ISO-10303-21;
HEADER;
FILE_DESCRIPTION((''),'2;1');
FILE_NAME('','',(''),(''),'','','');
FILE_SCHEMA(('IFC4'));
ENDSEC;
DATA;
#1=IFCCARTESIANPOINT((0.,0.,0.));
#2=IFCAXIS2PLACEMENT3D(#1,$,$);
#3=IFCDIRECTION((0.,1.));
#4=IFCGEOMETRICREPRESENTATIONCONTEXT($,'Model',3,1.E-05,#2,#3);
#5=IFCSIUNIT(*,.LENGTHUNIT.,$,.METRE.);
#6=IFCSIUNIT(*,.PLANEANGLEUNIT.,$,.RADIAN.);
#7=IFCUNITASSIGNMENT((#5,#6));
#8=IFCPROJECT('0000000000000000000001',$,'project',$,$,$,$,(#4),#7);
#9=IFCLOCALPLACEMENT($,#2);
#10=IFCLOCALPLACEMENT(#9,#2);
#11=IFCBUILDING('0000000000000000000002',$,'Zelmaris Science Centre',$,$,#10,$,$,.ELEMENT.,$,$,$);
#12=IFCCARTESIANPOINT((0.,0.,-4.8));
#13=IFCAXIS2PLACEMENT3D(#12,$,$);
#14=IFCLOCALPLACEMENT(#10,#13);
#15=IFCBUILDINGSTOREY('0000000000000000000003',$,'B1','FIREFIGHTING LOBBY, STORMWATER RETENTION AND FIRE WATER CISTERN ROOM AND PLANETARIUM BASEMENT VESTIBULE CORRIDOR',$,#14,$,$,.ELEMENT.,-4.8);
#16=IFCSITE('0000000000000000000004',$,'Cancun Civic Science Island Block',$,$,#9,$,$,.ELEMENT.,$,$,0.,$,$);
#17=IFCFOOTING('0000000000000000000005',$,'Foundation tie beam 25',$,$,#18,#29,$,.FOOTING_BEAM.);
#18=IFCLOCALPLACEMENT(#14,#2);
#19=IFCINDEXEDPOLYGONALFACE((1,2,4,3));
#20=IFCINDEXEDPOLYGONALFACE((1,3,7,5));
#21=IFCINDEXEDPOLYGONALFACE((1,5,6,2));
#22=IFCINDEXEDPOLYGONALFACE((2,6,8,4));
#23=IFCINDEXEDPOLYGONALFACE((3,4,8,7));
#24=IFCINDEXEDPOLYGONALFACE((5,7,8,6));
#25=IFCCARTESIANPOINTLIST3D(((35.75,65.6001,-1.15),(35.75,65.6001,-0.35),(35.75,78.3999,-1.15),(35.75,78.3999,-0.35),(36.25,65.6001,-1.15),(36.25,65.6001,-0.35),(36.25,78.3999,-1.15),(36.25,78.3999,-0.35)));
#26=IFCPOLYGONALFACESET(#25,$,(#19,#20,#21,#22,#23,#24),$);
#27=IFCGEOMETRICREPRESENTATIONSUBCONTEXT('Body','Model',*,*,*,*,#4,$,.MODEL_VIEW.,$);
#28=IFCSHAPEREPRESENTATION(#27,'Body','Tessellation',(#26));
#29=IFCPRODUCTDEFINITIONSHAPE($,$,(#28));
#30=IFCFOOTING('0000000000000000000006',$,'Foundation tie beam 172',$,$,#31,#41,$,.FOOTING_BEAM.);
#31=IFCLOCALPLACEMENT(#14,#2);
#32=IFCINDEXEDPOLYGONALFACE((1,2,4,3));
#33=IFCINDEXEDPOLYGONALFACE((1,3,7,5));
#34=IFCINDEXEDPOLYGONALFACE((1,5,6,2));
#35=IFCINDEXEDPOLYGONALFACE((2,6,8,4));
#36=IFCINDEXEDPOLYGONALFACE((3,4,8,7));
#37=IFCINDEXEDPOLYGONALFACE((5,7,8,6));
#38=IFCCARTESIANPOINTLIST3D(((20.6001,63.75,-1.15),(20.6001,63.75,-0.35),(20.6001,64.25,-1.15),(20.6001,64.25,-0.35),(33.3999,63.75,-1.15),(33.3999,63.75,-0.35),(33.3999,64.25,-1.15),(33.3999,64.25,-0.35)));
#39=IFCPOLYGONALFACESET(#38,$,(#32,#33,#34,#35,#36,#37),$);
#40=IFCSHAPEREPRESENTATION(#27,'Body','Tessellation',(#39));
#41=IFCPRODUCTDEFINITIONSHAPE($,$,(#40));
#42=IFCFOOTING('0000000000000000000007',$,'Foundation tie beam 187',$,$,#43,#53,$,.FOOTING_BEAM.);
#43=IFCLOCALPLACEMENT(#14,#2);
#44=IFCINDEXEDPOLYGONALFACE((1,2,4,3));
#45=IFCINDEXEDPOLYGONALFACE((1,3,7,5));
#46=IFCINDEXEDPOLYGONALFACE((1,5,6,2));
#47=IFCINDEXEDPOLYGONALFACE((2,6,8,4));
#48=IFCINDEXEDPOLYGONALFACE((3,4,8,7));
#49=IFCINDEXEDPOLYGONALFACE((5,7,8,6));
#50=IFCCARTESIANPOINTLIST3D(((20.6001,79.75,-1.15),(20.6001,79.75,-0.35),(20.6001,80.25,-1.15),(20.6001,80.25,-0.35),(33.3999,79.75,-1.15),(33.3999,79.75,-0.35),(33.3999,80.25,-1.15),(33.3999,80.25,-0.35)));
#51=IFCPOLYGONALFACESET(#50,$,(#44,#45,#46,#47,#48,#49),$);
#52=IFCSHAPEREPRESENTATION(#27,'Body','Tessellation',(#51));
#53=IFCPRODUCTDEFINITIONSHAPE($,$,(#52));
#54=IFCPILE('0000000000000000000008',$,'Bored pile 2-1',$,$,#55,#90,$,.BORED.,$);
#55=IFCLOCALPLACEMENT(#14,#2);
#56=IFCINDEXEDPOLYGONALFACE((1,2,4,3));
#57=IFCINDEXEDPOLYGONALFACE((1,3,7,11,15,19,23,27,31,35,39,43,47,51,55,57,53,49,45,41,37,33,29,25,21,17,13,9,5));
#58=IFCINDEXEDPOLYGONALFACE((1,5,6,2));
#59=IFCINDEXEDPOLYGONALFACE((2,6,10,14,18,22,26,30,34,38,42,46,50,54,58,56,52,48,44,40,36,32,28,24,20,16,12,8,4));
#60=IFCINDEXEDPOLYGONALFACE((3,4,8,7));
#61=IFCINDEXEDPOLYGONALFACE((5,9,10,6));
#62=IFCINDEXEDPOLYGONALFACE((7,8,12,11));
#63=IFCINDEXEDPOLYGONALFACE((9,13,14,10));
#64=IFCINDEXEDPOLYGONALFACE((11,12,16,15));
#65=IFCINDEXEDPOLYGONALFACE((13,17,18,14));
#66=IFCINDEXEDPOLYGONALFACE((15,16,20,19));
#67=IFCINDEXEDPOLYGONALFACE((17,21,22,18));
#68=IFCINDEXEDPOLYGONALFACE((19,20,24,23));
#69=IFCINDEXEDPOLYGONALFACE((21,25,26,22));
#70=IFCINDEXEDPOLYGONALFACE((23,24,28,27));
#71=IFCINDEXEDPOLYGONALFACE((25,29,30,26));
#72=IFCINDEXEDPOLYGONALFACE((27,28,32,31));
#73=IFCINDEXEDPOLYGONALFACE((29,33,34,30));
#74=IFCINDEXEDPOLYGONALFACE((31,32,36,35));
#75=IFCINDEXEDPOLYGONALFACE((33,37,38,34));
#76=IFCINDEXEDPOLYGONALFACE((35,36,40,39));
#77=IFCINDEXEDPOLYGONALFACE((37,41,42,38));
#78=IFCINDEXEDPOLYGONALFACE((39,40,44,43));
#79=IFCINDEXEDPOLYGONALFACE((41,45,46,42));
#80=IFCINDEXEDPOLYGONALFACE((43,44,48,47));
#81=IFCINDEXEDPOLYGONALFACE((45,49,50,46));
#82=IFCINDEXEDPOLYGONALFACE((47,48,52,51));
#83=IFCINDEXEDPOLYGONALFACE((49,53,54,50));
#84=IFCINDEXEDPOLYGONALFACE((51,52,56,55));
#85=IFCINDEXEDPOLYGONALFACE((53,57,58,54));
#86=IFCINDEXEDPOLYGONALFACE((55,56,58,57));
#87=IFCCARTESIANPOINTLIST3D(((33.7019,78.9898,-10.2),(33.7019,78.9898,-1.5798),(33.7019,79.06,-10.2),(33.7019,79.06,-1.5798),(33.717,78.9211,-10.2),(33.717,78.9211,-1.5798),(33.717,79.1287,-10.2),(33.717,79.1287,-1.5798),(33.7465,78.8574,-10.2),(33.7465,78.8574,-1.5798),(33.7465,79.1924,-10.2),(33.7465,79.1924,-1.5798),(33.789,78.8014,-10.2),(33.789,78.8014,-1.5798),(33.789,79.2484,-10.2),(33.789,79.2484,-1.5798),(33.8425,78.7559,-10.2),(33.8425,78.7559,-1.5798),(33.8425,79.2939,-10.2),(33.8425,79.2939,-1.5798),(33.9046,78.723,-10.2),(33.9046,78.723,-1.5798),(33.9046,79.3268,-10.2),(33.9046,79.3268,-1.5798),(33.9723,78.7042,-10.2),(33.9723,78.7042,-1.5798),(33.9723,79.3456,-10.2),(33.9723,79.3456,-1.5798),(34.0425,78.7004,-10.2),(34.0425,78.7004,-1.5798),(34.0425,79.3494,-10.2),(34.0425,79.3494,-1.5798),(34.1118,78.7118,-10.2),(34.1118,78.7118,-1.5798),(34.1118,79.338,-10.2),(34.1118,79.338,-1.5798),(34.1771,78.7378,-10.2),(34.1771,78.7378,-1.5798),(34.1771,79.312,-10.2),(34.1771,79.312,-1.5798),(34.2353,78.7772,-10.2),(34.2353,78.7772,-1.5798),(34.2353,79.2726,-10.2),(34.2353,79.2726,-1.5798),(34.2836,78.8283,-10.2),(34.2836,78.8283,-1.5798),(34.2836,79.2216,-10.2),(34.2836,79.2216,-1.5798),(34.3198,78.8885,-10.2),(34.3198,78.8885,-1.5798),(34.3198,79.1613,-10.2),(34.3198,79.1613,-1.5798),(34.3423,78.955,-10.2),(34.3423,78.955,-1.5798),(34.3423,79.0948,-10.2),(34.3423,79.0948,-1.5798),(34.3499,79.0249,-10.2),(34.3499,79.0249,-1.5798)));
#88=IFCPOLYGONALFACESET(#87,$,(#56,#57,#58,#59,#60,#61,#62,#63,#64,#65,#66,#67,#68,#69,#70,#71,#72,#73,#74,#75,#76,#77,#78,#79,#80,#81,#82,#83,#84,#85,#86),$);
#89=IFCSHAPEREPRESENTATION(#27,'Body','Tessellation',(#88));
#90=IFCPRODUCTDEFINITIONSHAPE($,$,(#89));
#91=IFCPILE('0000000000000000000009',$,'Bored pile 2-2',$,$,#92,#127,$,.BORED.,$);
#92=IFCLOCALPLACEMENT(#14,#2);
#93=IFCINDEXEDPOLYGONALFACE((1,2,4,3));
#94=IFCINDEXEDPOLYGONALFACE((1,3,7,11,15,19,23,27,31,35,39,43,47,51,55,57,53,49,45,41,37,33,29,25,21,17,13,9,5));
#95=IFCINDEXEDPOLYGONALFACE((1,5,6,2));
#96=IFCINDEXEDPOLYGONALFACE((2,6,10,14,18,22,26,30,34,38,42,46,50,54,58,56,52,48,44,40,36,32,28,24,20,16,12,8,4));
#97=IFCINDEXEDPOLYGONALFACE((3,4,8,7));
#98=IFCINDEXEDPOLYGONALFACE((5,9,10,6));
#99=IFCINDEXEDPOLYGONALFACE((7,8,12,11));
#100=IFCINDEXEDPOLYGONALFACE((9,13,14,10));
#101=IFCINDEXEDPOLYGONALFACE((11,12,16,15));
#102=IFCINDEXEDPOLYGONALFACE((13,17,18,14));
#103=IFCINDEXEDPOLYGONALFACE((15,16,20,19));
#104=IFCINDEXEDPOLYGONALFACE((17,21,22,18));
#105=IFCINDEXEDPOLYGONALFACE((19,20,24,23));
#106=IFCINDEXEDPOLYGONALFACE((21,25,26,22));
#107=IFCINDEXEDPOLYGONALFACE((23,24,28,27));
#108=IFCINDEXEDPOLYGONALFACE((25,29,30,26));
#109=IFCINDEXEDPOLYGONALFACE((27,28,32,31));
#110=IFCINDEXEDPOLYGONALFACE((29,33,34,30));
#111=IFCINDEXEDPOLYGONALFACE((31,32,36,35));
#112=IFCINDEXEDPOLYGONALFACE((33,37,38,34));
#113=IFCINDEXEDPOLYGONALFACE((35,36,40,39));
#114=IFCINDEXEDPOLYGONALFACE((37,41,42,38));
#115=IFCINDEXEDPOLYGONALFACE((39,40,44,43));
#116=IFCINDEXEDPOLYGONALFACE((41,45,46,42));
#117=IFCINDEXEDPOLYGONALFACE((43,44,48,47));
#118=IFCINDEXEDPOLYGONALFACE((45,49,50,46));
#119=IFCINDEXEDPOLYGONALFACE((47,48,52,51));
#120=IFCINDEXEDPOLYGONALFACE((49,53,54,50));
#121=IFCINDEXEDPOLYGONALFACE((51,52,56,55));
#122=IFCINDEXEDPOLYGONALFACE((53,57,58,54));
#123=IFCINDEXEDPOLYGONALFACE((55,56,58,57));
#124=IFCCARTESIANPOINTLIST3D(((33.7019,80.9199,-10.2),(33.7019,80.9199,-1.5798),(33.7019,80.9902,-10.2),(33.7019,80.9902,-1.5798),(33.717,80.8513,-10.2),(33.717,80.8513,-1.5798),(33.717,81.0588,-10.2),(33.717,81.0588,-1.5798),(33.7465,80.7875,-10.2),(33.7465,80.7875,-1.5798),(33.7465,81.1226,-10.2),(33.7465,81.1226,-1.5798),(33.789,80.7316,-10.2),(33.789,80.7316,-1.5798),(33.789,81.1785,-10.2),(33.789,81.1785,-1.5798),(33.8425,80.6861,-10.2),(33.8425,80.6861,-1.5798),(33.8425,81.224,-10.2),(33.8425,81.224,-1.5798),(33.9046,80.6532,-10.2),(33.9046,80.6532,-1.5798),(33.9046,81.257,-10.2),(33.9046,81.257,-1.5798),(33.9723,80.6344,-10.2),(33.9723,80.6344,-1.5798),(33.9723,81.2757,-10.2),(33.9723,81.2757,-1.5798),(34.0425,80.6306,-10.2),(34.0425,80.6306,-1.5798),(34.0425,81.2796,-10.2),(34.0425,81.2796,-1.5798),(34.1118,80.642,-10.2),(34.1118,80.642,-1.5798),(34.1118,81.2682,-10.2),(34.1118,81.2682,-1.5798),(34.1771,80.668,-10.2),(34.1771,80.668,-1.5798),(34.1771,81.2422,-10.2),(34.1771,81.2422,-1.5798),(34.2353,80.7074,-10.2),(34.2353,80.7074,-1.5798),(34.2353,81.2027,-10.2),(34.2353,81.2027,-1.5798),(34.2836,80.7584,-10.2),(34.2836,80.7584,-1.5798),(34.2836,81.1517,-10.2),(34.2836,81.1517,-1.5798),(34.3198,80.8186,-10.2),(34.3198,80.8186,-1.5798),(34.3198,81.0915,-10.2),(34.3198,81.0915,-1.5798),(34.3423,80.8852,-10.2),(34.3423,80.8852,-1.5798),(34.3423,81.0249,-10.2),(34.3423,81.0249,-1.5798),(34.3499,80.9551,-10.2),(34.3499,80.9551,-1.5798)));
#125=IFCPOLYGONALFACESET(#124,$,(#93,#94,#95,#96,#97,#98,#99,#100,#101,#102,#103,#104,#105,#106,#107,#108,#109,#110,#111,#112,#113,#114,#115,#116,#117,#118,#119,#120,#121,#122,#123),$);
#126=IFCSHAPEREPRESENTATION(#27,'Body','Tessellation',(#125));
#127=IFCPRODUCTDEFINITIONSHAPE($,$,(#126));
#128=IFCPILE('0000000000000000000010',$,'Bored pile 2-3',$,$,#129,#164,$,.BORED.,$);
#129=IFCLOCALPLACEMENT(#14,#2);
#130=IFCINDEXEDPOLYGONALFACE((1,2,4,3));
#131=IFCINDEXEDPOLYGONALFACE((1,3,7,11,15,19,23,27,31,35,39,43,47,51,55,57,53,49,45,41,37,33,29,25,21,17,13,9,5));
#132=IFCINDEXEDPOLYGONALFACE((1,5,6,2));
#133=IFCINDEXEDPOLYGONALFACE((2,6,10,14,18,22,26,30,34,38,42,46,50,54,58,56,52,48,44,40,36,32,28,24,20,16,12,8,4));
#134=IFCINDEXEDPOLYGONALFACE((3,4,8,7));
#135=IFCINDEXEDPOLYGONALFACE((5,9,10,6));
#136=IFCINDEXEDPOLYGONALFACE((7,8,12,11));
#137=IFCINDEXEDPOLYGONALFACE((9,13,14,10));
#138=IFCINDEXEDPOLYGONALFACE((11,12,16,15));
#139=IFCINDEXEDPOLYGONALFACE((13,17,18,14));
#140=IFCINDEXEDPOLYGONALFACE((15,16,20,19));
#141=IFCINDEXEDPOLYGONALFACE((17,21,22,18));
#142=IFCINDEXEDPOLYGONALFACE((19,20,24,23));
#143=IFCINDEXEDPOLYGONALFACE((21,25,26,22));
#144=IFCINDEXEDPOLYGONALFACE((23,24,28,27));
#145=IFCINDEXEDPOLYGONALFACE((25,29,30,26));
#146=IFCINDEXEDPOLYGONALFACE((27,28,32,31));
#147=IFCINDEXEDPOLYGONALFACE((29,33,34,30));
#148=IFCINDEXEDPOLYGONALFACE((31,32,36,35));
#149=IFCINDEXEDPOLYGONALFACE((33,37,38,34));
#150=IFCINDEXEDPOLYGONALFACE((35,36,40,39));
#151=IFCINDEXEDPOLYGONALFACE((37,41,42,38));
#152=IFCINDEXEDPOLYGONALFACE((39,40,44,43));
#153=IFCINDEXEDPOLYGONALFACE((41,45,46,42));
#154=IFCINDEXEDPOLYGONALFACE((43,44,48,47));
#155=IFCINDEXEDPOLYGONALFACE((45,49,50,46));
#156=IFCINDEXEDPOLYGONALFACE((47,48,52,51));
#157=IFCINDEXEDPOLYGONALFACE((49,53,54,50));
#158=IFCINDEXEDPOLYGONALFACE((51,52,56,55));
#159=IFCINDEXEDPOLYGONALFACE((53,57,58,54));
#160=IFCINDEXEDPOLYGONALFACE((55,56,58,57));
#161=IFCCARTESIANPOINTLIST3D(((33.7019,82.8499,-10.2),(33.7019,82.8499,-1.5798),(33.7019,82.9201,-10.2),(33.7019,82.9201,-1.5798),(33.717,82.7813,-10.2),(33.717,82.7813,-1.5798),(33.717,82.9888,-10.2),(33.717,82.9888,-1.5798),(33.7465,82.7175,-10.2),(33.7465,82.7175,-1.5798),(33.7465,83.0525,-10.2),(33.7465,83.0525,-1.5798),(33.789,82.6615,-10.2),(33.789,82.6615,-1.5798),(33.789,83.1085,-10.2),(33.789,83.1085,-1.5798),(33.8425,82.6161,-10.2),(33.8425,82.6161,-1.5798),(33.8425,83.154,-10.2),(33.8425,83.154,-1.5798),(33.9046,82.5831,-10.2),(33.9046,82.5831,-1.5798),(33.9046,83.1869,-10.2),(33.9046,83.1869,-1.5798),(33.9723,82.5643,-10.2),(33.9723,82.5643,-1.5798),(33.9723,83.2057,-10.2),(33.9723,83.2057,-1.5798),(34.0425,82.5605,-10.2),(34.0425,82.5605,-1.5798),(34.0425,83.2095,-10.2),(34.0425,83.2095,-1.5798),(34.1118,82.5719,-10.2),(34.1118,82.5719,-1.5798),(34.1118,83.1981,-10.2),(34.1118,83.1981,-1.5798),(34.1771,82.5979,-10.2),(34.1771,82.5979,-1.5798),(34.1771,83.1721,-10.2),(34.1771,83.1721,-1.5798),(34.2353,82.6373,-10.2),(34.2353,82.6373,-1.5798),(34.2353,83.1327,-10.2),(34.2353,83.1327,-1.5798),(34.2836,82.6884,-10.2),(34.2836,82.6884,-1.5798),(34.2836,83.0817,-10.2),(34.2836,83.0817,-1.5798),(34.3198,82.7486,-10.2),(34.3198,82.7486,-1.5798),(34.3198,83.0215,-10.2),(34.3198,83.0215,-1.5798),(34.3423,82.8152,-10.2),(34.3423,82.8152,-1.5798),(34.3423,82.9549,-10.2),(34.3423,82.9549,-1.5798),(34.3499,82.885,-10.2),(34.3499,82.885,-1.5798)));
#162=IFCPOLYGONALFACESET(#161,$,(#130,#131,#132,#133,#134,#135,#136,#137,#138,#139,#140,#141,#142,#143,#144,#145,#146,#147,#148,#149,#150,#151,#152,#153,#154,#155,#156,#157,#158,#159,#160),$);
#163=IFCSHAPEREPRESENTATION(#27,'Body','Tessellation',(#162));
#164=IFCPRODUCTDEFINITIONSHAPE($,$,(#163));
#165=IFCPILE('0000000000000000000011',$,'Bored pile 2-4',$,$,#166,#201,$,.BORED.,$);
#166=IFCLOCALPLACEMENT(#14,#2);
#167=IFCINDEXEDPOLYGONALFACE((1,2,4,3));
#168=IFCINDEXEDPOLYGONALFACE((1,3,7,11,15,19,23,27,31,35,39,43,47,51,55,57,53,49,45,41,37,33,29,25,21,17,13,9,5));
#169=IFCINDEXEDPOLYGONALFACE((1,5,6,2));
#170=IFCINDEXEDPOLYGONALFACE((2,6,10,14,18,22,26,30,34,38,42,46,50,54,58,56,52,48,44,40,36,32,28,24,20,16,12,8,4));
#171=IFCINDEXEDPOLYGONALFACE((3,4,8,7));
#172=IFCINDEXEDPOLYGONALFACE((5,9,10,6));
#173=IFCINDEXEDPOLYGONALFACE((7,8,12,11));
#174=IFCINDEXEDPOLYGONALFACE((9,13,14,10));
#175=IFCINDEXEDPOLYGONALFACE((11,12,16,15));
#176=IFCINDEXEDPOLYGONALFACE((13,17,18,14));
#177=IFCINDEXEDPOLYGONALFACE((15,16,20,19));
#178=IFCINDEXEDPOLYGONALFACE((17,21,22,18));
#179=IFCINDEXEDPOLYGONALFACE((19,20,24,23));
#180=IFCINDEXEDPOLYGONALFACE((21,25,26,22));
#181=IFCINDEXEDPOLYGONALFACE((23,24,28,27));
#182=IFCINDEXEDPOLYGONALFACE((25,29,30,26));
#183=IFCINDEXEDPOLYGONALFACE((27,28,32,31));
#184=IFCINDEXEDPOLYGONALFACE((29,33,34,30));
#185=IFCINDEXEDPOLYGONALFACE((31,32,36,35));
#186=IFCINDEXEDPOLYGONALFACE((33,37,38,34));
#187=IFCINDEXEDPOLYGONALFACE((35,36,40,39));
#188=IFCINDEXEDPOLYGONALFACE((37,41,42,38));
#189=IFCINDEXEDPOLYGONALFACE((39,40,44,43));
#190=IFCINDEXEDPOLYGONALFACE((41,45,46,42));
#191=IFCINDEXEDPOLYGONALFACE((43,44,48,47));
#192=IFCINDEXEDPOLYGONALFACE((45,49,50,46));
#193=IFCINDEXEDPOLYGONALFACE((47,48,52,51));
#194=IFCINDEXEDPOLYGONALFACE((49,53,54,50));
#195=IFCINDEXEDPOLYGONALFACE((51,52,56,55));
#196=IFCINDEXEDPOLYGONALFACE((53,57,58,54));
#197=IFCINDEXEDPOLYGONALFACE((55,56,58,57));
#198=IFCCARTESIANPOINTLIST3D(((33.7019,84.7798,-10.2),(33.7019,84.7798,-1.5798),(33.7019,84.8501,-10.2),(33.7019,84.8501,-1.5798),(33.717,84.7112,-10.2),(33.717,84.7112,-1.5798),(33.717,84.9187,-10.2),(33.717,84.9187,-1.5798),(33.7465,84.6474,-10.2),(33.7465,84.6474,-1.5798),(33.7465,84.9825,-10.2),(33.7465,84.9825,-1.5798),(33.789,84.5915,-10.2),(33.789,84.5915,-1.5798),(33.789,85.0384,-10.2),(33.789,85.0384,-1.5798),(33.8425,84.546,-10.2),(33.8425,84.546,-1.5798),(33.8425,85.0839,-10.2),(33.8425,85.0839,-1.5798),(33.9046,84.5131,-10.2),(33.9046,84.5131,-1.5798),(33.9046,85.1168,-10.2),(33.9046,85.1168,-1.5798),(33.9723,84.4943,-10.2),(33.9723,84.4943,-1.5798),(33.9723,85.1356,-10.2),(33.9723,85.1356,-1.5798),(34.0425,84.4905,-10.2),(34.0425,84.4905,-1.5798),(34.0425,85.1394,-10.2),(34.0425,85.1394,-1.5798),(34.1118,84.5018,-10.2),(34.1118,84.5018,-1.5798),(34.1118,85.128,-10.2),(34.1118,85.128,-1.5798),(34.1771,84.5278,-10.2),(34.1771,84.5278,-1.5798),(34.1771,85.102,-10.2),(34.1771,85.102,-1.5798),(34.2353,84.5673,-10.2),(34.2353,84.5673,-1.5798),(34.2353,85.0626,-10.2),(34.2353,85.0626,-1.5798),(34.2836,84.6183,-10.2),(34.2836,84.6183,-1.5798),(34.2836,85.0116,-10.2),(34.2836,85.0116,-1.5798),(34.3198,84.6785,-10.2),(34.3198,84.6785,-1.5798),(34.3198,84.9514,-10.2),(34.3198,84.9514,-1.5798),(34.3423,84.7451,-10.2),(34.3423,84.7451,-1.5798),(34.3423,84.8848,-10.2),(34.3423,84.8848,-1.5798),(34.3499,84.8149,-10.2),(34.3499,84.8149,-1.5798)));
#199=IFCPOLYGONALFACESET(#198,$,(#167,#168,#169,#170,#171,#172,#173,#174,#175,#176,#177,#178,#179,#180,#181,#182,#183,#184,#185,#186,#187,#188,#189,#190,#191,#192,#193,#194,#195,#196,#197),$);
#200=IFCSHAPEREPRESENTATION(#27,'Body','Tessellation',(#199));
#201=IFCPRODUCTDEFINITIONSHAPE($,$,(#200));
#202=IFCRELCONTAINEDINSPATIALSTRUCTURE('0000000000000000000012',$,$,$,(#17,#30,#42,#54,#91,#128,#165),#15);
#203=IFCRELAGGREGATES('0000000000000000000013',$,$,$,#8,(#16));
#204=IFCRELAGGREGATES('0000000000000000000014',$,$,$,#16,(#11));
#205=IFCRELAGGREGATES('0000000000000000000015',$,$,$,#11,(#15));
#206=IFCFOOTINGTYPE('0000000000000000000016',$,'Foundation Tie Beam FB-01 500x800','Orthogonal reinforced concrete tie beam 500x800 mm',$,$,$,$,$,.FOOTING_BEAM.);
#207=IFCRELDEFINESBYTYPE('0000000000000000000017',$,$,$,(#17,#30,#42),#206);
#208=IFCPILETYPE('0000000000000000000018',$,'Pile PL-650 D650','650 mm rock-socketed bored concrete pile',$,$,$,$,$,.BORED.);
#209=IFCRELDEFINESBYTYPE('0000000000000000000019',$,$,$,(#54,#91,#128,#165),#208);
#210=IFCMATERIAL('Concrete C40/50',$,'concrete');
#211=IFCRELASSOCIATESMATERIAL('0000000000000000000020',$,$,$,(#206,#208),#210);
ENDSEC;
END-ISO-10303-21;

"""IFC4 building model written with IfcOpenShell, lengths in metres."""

from ifc_helpers import new_model, si_unit, direction, frame, origin, origin_2d, place, context, subcontext, project, spatial, rectangle, circle, extrude, material, material_profile, profile_set, type_object, element, save


model = new_model("IFC4")

# Units and contexts
model_context = context("Model", 3, precision=1e-05, world=origin(), true_north=direction((0.0, 1.0)))
body_context = subcontext(model_context, "Body", "Model", "MODEL_VIEW")
ifc_project = project(units=[si_unit("LENGTHUNIT", "METRE"), si_unit("PLANEANGLEUNIT", "RADIAN")], contexts=[model_context])

# Site, building, storey
site_placement = place(None, origin())
site = spatial("IfcSite", under=ifc_project, at=site_placement, Name="Cancun Civic Science Island Block", CompositionType="ELEMENT", RefElevation=0.0)
building_placement = place(site_placement, origin())
building = spatial("IfcBuilding", under=site, at=building_placement, Name="Zelmaris Science Centre", CompositionType="ELEMENT")
storey_placement = place(building_placement, frame((0.0, 0.0, -4.8)))
storey = spatial("IfcBuildingStorey", under=building, at=storey_placement, Name="B1", Description="FIREFIGHTING LOBBY, STORMWATER RETENTION AND FIRE WATER CISTERN ROOM AND PLANETARIUM BASEMENT VESTIBULE CORRIDOR", CompositionType="ELEMENT", Elevation=-4.8)

# Footings
ifc_material_1 = material(Name="Concrete C40/50", Category="concrete")
ifc_material_profile_1 = material_profile(ifc_material_1, rectangle(XDim=0.5, YDim=0.8, at=origin_2d()), Name="FB-500X800")
ifc_profile_set_1 = profile_set([ifc_material_profile_1], Name="Concrete C40/50")
footing_type = type_object("IfcFootingType", Name="Foundation Tie Beam FB-01 500x800", Description="Orthogonal reinforced concrete tie beam 500x800 mm", PredefinedType="FOOTING_BEAM", material=ifc_profile_set_1)
for number, where, z_axis, x_axis, name in (
    (1, (36.0, 65.6001, -0.75), (0.0, 1.0, 0.0), (-1.0, 0.0, 0.0), "Foundation tie beam 25"),
    (2, (20.6001, 64.0, -0.75), (1.0, 0.0, 0.0), (0.0, 1.0, 0.0), "Foundation tie beam 172"),
    (3, (20.6001, 80.0, -0.75), (1.0, 0.0, 0.0), (0.0, 1.0, 0.0), "Foundation tie beam 187"),
):
    element("IfcFooting", number, at=place(storey_placement, frame(where, z_axis=z_axis, x_axis=x_axis)), inside=storey, type_object=footing_type, Name=name, PredefinedType="FOOTING_BEAM", context=body_context, shape_type="SweptSolid", body=[
        extrude(rectangle(XDim=0.5, YDim=0.8, at=origin_2d()), origin(), (0.0, 0.0, 1.0), 12.7998),
    ])

# Piles
ifc_material_profile_2 = material_profile(ifc_material_1, circle(Radius=0.325, at=origin_2d()), Name="PILE-650")
ifc_profile_set_2 = profile_set([ifc_material_profile_2], Name="Concrete C40/50")
pile_type_1 = type_object("IfcPileType", Name="Pile PL-650 D650", Description="650 mm rock-socketed bored concrete pile", PredefinedType="BORED", material=ifc_profile_set_2)
for number, where, z_axis, x_axis, name in (
    (4, (34.0249, 79.0249, -1.5798), (0.0, 0.0, -1.0), (1.0, 0.0, 0.0), "Bored pile 2-1"),
    (5, (34.0249, 80.9551, -1.5798), (0.0, 0.0, -1.0), (1.0, 0.0, 0.0), "Bored pile 2-2"),
    (6, (34.0249, 82.885, -1.5798), (0.0, 0.0, -1.0), (1.0, 0.0, 0.0), "Bored pile 2-3"),
    (7, (34.0249, 84.8149, -1.5798), (0.0, 0.0, -1.0), (1.0, 0.0, 0.0), "Bored pile 2-4"),
):
    element("IfcPile", number, at=place(storey_placement, frame(where, z_axis=z_axis, x_axis=x_axis)), inside=storey, type_object=pile_type_1, Name=name, PredefinedType="BORED", context=body_context, shape_type="SweptSolid", body=[
        extrude(circle(Radius=0.325, at=origin_2d()), origin(), (0.0, 0.0, 1.0), 8.6201),
    ])

save(model, "model.ifc")
